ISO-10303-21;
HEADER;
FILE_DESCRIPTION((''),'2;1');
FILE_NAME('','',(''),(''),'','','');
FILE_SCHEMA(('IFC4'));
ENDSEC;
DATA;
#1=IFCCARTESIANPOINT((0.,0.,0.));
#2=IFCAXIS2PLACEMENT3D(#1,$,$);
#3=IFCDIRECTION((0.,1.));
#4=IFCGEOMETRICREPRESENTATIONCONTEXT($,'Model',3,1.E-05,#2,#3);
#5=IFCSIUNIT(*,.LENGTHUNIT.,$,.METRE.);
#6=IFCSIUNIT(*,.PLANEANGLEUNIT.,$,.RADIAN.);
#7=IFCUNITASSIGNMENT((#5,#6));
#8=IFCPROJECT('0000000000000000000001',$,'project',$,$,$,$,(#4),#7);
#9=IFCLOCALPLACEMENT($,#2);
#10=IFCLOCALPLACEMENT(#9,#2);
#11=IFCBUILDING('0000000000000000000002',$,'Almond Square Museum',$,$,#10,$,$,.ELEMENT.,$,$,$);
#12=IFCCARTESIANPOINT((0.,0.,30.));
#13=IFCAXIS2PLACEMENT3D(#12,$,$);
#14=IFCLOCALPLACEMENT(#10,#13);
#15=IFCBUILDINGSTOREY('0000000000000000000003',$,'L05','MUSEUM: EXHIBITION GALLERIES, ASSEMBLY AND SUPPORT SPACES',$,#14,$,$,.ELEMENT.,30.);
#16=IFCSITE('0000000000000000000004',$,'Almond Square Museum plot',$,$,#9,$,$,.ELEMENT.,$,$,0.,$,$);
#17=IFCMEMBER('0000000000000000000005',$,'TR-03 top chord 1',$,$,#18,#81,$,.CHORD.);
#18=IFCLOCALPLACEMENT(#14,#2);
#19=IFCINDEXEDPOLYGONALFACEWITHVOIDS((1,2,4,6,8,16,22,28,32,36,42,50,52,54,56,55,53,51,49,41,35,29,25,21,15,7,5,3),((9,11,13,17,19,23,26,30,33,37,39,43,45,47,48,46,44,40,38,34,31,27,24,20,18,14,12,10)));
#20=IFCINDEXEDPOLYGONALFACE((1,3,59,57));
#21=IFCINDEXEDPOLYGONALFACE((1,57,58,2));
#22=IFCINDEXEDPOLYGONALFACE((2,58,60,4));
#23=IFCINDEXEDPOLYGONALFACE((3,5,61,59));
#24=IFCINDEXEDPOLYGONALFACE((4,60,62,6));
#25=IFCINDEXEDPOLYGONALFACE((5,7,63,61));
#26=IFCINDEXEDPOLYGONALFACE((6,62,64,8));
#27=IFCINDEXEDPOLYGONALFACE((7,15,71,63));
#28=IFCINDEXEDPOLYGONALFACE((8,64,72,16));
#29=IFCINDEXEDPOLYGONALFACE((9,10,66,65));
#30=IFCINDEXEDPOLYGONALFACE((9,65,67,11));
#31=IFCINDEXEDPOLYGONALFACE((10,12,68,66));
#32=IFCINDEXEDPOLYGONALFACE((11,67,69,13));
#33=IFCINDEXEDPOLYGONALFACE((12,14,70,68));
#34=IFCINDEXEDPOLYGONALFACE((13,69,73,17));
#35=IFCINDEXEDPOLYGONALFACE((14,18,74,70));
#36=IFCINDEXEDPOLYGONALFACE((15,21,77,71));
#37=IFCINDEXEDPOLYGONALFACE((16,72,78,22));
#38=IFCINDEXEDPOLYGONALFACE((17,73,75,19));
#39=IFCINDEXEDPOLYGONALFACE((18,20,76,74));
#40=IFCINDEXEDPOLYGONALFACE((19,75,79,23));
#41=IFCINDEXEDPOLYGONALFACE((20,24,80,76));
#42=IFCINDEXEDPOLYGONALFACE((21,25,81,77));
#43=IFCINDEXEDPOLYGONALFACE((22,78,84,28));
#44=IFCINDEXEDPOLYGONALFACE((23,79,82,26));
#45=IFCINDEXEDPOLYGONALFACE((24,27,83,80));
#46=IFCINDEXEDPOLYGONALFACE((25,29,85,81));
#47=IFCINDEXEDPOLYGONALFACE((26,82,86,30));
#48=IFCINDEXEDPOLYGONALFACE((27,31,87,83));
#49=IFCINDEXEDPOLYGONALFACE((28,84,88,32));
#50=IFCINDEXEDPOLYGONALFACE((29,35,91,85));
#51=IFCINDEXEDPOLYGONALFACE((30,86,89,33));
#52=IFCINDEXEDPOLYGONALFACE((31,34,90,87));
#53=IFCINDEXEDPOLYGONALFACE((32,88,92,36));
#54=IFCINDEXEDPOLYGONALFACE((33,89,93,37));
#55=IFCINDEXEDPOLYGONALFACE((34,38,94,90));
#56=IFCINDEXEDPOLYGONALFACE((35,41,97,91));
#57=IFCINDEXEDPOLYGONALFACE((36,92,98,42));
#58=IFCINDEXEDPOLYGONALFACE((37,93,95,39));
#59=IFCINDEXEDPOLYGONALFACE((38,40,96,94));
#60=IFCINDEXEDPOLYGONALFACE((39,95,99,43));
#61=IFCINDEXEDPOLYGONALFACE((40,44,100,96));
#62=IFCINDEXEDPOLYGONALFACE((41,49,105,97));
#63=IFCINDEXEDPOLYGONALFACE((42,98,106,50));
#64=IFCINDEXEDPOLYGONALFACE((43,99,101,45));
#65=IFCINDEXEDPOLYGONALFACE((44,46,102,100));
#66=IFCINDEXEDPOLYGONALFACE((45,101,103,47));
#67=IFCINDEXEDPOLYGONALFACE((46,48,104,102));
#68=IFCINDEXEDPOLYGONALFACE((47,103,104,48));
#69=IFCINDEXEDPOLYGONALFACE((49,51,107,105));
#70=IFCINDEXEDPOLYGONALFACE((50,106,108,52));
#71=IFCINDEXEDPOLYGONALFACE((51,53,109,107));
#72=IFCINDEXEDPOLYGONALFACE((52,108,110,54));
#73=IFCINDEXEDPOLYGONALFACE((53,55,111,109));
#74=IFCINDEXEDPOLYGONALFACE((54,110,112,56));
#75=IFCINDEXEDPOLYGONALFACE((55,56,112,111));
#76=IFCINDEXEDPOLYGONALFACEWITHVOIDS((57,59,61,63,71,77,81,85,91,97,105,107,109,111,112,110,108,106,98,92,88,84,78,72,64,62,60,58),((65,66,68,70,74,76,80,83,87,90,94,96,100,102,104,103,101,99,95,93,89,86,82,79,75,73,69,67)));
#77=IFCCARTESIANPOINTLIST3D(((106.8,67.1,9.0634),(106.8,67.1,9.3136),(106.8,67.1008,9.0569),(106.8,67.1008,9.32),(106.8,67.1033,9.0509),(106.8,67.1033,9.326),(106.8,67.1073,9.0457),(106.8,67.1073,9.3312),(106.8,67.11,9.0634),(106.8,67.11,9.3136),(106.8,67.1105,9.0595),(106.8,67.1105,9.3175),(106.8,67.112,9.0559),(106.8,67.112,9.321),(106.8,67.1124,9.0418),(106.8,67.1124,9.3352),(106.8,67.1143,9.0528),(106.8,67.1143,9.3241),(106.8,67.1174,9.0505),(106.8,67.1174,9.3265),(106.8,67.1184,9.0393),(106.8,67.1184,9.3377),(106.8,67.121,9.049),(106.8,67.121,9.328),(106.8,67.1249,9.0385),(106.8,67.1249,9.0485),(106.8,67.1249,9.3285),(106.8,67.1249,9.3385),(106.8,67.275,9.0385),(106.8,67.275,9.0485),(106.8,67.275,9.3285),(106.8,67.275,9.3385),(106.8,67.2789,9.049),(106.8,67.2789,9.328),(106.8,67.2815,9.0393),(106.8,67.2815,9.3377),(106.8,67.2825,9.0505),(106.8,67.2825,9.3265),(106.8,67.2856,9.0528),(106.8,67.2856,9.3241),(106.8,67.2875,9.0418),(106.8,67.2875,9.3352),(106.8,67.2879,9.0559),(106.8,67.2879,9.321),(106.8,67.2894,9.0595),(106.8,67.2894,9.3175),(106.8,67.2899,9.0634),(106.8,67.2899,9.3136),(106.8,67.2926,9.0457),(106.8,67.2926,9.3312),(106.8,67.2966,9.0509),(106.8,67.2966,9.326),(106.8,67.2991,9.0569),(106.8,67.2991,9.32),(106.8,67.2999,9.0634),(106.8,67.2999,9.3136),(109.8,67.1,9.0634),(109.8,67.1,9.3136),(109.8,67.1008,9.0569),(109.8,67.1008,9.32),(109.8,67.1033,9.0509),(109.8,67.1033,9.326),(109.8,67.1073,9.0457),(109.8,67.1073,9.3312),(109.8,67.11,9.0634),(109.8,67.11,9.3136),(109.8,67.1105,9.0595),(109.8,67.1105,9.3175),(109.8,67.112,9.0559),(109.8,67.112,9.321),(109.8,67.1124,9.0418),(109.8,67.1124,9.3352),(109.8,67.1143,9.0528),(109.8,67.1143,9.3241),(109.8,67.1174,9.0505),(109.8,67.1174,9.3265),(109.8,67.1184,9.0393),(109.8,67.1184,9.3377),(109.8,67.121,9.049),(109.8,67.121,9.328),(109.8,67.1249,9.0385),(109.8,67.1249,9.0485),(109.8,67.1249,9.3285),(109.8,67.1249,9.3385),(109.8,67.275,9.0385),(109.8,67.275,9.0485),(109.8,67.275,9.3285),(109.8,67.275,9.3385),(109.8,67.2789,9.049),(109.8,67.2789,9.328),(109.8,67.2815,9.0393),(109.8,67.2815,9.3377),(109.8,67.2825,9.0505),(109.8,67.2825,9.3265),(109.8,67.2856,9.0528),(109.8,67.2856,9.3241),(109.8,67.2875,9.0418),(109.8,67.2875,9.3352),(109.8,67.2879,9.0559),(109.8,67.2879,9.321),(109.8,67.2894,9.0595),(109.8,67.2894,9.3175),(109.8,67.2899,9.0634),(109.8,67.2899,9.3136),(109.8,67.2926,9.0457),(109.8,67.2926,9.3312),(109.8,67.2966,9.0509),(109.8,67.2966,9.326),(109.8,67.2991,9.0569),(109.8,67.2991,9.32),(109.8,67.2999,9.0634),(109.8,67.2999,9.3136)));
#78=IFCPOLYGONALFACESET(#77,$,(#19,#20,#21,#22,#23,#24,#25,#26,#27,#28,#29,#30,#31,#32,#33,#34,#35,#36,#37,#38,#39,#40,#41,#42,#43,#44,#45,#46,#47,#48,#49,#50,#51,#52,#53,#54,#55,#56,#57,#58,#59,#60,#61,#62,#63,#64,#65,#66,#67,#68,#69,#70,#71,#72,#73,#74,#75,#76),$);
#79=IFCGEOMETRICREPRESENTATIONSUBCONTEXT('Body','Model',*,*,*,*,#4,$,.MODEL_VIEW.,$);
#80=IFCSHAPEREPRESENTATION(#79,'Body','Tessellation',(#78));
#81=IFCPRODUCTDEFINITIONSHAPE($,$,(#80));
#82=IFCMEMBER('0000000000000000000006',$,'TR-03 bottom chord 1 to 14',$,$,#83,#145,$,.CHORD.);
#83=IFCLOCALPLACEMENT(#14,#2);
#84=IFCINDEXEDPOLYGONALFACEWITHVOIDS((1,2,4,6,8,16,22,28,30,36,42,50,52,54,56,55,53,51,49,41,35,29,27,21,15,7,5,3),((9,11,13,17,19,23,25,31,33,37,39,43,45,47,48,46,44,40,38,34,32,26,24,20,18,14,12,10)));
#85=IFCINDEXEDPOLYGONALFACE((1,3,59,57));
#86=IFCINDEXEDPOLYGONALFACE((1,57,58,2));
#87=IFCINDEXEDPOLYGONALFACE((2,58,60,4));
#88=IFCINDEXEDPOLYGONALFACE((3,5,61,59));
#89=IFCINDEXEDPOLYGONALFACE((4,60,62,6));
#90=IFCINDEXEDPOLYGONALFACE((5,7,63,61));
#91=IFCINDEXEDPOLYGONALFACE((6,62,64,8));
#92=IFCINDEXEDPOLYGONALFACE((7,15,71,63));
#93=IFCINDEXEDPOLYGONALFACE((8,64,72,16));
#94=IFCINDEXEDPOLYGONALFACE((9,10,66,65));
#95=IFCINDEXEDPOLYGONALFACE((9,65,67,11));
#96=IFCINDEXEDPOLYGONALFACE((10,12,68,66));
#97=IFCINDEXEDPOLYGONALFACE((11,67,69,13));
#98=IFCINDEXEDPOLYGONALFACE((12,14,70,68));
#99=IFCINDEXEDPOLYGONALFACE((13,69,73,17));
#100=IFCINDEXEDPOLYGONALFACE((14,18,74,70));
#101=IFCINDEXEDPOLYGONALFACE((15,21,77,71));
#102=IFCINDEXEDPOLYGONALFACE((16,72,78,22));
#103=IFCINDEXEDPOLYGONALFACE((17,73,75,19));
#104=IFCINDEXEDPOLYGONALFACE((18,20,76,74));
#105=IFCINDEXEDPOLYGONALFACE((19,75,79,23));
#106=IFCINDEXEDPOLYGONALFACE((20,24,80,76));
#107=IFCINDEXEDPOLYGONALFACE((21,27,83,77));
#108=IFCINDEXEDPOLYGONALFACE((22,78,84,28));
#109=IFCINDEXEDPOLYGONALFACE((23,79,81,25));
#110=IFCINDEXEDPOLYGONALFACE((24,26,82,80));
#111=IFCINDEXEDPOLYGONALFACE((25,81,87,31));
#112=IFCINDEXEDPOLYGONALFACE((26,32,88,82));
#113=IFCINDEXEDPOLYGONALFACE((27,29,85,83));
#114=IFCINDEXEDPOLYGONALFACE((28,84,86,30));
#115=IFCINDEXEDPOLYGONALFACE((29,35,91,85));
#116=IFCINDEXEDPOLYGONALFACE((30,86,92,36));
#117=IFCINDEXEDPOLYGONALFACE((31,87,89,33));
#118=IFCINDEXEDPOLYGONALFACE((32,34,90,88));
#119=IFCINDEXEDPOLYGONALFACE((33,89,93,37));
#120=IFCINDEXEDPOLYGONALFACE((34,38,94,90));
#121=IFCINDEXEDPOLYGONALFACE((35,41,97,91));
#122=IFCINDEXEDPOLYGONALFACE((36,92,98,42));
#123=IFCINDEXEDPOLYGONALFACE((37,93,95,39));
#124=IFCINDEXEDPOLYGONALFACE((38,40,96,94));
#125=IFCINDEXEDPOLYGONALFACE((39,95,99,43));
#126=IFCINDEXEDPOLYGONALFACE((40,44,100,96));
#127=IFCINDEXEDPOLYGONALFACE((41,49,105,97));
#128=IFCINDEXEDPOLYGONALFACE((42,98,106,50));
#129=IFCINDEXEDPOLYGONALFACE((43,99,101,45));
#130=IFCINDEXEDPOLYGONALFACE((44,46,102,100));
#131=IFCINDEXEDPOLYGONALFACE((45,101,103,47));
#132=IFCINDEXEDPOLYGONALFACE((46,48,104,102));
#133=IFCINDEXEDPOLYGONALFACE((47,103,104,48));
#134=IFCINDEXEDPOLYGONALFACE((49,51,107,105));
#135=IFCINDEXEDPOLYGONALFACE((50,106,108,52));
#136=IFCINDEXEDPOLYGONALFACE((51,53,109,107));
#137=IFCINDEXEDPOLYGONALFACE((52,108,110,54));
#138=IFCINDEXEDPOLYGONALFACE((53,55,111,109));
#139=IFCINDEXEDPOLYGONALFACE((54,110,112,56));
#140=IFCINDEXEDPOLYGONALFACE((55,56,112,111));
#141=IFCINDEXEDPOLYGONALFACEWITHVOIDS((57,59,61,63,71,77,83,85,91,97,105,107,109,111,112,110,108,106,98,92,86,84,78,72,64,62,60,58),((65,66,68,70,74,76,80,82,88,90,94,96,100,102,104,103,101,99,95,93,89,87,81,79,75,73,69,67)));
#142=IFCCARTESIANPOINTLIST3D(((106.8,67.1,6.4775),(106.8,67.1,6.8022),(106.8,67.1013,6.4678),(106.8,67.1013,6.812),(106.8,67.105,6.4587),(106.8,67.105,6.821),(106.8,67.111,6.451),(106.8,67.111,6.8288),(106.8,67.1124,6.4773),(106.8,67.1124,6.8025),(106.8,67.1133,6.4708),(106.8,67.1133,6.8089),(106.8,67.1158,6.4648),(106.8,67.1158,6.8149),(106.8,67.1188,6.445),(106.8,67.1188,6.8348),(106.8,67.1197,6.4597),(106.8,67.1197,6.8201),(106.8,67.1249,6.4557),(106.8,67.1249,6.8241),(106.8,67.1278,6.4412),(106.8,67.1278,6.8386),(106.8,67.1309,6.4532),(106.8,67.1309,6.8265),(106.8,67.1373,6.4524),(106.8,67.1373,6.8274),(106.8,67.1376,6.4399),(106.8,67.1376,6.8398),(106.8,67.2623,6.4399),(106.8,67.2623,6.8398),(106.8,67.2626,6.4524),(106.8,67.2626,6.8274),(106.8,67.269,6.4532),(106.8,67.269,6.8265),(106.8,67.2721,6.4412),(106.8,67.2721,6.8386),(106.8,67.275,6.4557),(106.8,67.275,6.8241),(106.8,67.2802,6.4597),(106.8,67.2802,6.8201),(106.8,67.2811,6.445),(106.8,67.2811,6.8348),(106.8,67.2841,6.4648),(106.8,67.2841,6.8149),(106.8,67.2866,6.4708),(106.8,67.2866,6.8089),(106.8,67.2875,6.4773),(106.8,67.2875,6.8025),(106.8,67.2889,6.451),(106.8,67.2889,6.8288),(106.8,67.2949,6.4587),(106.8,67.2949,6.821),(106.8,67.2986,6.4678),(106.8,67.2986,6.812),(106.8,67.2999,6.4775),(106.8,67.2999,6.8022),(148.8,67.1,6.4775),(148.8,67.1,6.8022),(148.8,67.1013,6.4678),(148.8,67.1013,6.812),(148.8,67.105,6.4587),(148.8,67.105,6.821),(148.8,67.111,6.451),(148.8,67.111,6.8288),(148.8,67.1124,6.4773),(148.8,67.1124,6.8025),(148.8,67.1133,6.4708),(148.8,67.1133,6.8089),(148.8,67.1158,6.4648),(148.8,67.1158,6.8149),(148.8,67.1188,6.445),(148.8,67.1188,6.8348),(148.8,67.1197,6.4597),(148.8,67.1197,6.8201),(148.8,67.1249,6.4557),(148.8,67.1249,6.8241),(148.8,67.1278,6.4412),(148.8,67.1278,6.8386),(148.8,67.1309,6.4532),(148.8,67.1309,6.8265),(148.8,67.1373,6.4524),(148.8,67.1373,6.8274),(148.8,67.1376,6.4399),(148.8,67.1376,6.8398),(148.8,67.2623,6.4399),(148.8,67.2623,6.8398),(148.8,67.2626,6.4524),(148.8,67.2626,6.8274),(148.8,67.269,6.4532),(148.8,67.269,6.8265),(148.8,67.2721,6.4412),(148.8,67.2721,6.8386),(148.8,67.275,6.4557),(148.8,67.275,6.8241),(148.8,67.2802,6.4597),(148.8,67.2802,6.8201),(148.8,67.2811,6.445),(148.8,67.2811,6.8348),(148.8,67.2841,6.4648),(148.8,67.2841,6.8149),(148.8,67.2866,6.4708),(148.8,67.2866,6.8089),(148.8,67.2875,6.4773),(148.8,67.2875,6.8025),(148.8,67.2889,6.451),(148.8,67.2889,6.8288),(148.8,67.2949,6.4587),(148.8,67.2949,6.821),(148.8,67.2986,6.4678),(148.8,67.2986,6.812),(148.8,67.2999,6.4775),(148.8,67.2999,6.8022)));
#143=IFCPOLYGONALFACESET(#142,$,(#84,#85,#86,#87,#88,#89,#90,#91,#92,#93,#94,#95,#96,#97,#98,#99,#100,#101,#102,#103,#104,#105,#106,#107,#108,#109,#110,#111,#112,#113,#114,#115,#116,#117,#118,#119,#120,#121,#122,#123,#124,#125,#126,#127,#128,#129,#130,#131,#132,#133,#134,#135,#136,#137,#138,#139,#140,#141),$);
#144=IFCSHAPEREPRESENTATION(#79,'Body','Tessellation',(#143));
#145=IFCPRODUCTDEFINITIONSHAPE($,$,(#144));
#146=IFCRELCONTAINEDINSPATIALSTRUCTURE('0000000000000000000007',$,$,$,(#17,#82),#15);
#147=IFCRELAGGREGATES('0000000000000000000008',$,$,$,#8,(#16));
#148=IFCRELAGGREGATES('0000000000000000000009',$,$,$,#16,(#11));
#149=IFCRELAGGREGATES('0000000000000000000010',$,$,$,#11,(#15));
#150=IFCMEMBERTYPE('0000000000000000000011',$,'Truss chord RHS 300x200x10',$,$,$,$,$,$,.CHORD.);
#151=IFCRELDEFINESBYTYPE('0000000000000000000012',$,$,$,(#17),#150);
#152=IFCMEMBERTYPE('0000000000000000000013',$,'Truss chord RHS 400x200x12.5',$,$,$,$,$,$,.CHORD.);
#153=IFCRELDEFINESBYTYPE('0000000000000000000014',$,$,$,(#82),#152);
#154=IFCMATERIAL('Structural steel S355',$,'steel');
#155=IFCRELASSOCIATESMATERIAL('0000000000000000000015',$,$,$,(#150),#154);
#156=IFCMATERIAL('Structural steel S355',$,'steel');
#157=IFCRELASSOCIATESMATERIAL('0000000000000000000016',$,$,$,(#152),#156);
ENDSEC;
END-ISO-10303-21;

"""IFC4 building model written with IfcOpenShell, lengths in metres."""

from ifc_helpers import new_model, si_unit, direction, frame, origin, origin_2d, place, context, subcontext, project, spatial, hollow_rectangle, extrude, material, material_profile, profile_set, type_object, element, save


model = new_model("IFC4")

# Units and contexts
model_context = context("Model", 3, precision=1e-05, world=origin(), true_north=direction((0.0, 1.0)))
body_context = subcontext(model_context, "Body", "Model", "MODEL_VIEW")
ifc_project = project(units=[si_unit("LENGTHUNIT", "METRE"), si_unit("PLANEANGLEUNIT", "RADIAN")], contexts=[model_context])

# Site, building, storey
site_placement = place(None, origin())
site = spatial("IfcSite", under=ifc_project, at=site_placement, Name="Almond Square Museum plot", CompositionType="ELEMENT", RefElevation=0.0)
building_placement = place(site_placement, origin())
building = spatial("IfcBuilding", under=site, at=building_placement, Name="Almond Square Museum", CompositionType="ELEMENT")
storey_placement = place(building_placement, frame((0.0, 0.0, 30.0)))
storey = spatial("IfcBuildingStorey", under=building, at=storey_placement, Name="L05", Description="MUSEUM: EXHIBITION GALLERIES, ASSEMBLY AND SUPPORT SPACES", CompositionType="ELEMENT", Elevation=30.0)

# Members
ifc_material_1 = material(Name="Structural steel S355", Category="steel")
ifc_material_profile_1 = material_profile(ifc_material_1, hollow_rectangle(XDim=0.2, YDim=0.3, WallThickness=0.01, InnerFilletRadius=0.0149, OuterFilletRadius=0.0249, at=origin_2d()))
ifc_profile_set_1 = profile_set([ifc_material_profile_1], Name="Structural steel S355")
member_type_1 = type_object("IfcMemberType", Name="Truss chord RHS 300x200x10", PredefinedType="CHORD", material=ifc_profile_set_1)
member_1_placement = place(storey_placement, frame((106.8, 67.2, 9.1885), z_axis=(1.0, 0.0, 0.0), x_axis=(0.0, 1.0, 0.0)))
element("IfcMember", 1, at=member_1_placement, inside=storey, type_object=member_type_1, Name="TR-03 top chord 1", PredefinedType="CHORD", context=body_context, shape_type="SweptSolid", body=[
    extrude(hollow_rectangle(XDim=0.2, YDim=0.3, WallThickness=0.01, InnerFilletRadius=0.0149, OuterFilletRadius=0.0249, at=origin_2d()), origin(), (0.0, 0.0, 1.0), 3.0),
])
ifc_material_2 = material(Name="Structural steel S355", Category="steel")
ifc_material_profile_2 = material_profile(ifc_material_2, hollow_rectangle(XDim=0.2, YDim=0.3999, WallThickness=0.0125, InnerFilletRadius=0.0249, OuterFilletRadius=0.0376, at=origin_2d()))
ifc_profile_set_2 = profile_set([ifc_material_profile_2], Name="Structural steel S355")
member_type_2 = type_object("IfcMemberType", Name="Truss chord RHS 400x200x12.5", PredefinedType="CHORD", material=ifc_profile_set_2)
member_2_placement = place(storey_placement, frame((106.8, 67.2, 6.6399), z_axis=(1.0, 0.0, 0.0), x_axis=(0.0, 1.0, 0.0)))
element("IfcMember", 2, at=member_2_placement, inside=storey, type_object=member_type_2, Name="TR-03 bottom chord 1 to 14", PredefinedType="CHORD", context=body_context, shape_type="SweptSolid", body=[
    extrude(hollow_rectangle(XDim=0.2, YDim=0.3999, WallThickness=0.0125, InnerFilletRadius=0.0249, OuterFilletRadius=0.0376, at=origin_2d()), origin(), (0.0, 0.0, 1.0), 42.0),
])

save(model, "model.ifc")
